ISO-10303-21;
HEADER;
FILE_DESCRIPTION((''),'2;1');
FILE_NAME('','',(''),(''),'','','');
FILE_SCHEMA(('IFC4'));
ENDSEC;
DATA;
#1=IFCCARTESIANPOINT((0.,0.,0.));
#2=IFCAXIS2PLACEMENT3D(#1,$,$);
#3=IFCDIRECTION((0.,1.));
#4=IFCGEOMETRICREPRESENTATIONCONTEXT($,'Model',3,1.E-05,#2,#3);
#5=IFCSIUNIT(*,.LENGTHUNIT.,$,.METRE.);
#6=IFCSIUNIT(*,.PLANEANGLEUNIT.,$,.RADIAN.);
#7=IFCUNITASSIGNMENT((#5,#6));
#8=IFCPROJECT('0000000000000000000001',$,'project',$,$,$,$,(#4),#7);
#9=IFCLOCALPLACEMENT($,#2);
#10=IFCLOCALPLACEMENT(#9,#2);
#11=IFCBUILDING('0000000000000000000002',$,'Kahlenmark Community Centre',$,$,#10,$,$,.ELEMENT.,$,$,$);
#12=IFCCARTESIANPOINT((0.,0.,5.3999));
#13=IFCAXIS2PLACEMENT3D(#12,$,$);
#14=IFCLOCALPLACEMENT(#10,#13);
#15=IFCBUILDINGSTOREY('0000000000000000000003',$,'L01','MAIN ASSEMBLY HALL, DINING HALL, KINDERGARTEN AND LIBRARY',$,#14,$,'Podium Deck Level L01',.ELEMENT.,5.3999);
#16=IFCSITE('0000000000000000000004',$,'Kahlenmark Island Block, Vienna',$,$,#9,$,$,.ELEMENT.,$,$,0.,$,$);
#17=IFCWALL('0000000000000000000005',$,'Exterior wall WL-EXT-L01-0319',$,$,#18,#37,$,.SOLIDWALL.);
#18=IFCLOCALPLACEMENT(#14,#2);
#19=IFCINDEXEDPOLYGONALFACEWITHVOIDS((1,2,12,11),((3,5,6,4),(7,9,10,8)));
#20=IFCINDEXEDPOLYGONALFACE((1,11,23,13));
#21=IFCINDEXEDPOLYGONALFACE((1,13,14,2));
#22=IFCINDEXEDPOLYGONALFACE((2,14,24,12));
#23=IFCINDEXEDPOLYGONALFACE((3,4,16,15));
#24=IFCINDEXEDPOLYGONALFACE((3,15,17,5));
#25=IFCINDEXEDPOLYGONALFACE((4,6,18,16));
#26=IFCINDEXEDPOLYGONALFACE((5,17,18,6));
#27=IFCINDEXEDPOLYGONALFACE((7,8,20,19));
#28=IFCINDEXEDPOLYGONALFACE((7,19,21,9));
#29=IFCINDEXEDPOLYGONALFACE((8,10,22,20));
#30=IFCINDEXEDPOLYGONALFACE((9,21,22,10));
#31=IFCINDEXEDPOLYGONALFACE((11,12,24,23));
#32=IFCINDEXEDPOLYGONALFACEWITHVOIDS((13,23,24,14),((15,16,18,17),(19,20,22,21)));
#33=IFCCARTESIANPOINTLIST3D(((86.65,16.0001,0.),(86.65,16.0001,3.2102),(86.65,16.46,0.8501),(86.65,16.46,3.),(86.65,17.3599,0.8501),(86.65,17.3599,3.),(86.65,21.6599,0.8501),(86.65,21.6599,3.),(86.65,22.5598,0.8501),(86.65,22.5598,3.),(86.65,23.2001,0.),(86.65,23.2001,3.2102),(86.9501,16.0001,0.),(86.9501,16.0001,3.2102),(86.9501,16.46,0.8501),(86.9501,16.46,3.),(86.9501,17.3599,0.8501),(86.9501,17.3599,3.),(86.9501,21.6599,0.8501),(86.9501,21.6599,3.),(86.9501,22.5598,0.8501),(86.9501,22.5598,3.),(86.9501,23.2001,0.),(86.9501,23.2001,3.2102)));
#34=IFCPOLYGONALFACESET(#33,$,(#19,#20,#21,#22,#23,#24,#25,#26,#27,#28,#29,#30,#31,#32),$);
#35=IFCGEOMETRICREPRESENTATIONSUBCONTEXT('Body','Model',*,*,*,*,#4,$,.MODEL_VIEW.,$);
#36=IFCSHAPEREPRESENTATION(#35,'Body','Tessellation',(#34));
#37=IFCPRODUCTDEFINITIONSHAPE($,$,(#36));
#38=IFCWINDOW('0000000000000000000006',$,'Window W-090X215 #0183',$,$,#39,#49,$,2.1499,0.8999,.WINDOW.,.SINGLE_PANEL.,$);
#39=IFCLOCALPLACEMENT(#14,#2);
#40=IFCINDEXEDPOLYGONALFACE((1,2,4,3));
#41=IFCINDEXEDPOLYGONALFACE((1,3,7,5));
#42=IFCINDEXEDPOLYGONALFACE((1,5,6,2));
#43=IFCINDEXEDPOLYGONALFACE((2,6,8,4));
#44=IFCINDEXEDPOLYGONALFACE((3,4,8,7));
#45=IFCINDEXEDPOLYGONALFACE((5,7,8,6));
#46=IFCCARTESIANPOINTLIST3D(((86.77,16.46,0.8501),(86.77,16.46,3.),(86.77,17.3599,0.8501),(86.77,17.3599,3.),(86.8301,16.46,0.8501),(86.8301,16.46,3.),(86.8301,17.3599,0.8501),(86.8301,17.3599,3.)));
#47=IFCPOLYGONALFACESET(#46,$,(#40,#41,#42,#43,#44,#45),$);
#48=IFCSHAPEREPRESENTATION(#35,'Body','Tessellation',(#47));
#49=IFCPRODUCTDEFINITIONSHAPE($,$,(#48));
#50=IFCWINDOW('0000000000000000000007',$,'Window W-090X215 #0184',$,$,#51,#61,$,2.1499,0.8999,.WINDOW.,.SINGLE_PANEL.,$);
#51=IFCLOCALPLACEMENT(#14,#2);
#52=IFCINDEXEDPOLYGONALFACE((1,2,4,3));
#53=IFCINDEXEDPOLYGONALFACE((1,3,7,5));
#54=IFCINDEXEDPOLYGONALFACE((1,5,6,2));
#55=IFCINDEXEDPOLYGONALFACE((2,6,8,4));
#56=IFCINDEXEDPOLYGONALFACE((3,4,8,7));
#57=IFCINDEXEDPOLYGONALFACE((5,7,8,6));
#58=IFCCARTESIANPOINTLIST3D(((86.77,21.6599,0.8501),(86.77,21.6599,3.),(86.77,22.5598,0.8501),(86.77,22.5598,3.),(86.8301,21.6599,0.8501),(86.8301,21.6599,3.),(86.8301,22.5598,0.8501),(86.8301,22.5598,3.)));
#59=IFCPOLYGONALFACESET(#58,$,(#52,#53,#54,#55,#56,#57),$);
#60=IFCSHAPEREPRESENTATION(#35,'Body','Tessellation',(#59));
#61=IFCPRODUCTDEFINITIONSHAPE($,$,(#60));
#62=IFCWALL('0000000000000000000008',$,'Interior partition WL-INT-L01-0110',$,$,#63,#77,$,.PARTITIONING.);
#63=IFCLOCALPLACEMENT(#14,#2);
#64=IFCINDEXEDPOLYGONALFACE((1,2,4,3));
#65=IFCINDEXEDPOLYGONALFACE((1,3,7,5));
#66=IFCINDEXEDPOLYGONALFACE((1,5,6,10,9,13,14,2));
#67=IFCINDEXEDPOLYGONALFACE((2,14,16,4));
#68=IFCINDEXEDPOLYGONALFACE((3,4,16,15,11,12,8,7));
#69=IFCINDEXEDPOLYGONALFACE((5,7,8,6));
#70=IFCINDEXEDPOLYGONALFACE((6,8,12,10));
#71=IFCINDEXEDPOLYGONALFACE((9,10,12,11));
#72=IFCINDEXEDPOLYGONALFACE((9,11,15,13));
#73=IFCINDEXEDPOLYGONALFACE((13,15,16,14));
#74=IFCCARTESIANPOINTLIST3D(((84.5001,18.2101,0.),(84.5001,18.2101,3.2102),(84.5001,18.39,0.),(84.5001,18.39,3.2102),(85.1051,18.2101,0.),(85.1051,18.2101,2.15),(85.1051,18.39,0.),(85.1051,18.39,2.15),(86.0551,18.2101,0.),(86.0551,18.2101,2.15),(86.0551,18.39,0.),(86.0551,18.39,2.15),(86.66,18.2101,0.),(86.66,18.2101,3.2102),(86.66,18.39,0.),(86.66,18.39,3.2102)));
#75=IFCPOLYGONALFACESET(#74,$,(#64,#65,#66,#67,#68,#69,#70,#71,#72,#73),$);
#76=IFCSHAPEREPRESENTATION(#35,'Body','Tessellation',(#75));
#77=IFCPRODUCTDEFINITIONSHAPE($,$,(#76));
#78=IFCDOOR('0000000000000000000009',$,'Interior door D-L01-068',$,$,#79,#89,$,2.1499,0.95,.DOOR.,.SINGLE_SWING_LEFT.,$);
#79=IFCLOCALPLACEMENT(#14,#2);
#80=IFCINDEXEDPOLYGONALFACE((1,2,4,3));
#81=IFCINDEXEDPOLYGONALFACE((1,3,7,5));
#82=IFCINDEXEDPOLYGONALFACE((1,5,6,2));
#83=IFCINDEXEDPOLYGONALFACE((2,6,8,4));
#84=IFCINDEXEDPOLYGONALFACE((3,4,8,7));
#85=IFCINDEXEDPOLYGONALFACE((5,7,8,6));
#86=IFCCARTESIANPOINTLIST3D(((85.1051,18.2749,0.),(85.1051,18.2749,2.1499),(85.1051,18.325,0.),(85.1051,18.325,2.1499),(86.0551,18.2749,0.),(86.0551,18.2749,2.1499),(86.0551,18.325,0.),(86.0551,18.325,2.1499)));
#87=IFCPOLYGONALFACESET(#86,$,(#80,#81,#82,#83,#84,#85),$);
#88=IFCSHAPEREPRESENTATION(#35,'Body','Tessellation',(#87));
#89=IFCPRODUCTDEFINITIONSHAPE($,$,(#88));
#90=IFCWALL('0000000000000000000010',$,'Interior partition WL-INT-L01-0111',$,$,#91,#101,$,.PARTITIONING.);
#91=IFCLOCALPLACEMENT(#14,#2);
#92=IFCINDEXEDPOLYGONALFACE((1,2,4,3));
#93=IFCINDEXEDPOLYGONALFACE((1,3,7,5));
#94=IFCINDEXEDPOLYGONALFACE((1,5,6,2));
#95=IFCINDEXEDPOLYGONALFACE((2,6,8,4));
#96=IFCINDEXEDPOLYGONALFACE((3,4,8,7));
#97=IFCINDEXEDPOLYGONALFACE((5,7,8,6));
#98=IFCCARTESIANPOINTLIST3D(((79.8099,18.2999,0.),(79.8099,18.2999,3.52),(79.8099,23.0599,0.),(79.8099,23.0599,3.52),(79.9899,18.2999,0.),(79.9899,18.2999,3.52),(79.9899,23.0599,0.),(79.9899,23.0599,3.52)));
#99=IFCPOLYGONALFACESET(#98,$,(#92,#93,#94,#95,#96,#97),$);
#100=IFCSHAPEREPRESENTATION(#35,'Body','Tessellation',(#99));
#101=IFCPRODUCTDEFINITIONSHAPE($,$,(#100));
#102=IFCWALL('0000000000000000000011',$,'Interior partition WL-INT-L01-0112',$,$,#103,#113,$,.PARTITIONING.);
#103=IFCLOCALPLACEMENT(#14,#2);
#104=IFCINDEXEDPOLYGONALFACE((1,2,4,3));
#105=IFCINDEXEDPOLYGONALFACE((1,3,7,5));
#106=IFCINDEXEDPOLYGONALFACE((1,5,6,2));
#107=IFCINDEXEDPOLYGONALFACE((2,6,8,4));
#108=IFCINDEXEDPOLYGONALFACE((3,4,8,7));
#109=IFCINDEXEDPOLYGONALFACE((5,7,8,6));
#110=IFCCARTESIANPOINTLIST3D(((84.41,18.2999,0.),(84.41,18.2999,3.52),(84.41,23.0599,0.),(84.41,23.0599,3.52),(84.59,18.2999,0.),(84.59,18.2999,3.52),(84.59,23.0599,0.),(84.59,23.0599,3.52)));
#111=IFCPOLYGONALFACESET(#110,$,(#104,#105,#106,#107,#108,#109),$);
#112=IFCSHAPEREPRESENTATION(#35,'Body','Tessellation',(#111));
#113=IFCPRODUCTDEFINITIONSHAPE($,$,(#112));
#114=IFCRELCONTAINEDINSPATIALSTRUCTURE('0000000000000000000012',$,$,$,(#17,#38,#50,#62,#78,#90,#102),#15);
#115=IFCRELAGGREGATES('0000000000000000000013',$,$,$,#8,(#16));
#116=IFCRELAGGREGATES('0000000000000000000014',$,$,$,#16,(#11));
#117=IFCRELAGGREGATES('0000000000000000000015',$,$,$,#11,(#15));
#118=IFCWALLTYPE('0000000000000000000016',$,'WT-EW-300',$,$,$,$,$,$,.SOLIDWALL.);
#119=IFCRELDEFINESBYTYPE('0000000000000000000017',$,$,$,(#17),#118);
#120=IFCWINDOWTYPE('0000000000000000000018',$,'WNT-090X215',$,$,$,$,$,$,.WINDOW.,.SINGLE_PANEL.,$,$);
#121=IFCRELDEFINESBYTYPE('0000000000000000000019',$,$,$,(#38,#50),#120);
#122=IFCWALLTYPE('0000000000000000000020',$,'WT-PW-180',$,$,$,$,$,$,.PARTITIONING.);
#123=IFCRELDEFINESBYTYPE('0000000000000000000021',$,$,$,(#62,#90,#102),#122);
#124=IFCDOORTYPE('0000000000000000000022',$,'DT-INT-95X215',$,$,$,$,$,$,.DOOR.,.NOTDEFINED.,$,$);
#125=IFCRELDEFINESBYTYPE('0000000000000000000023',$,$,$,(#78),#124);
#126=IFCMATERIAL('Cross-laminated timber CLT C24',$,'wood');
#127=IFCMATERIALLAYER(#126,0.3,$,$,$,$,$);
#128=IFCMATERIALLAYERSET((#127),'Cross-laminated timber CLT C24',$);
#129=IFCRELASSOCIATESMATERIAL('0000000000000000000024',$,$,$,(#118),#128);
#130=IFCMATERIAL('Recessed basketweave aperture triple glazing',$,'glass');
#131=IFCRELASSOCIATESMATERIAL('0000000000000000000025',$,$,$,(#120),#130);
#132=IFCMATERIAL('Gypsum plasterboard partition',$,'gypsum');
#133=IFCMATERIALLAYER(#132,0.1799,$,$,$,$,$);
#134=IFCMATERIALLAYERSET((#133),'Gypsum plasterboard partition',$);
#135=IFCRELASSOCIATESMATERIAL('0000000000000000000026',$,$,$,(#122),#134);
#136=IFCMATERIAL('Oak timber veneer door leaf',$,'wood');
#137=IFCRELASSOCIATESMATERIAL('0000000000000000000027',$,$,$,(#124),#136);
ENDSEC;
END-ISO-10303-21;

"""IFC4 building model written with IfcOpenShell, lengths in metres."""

from ifc_helpers import new_model, si_unit, direction, frame, frame_2d, origin, place, context, subcontext, project, spatial, rectangle, extrude, material, layer, layer_set, type_object, element, fill, save


model = new_model("IFC4")

# Units and contexts
model_context = context("Model", 3, precision=1e-05, world=origin(), true_north=direction((0.0, 1.0)))
body_context = subcontext(model_context, "Body", "Model", "MODEL_VIEW")
ifc_project = project(units=[si_unit("LENGTHUNIT", "METRE"), si_unit("PLANEANGLEUNIT", "RADIAN")], contexts=[model_context])

# Site, building, storey
site_placement = place(None, origin())
site = spatial("IfcSite", under=ifc_project, at=site_placement, Name="Kahlenmark Island Block, Vienna", CompositionType="ELEMENT", RefElevation=0.0)
building_placement = place(site_placement, origin())
building = spatial("IfcBuilding", under=site, at=building_placement, Name="Kahlenmark Community Centre", CompositionType="ELEMENT")
storey_placement = place(building_placement, frame((0.0, 0.0, 5.3999)))
storey = spatial("IfcBuildingStorey", under=building, at=storey_placement, Name="L01", Description="MAIN ASSEMBLY HALL, DINING HALL, KINDERGARTEN AND LIBRARY", LongName="Podium Deck Level L01", CompositionType="ELEMENT", Elevation=5.3999)

# Wall, openings, windows
ifc_material_1 = material(Name="Cross-laminated timber CLT C24", Category="wood")
ifc_layer_1 = layer(ifc_material_1, 0.3)
ifc_layer_set_1 = layer_set([ifc_layer_1], Name="Cross-laminated timber CLT C24")
wall_type_1 = type_object("IfcWallType", Name="WT-EW-300", PredefinedType="SOLIDWALL", material=ifc_layer_set_1)
wall_1_placement = place(storey_placement, frame((86.8, 16.0, 0.0), z_axis=(0.0, 0.0, 1.0), x_axis=(0.0, 1.0, 0.0)))
wall_1 = element("IfcWall", 1, at=wall_1_placement, inside=storey, type_object=wall_type_1, Name="Exterior wall WL-EXT-L01-0319", PredefinedType="SOLIDWALL", context=body_context, shape_type="SweptSolid", body=[
    extrude(rectangle(XDim=7.2, YDim=0.3, at=frame_2d((3.6001, 0.0))), origin(), (0.0, 0.0, 1.0), 3.2102),
])
opening_1_placement = place(wall_1_placement, frame((0.46, 0.0, 0.8501)))
opening_1 = element("IfcOpeningElement", 2, at=opening_1_placement, cuts=wall_1, PredefinedType="OPENING", context=body_context, shape_type="SweptSolid", body=[
    extrude(rectangle(XDim=0.8999, YDim=2.1499, at=frame_2d((0.45, 1.075))), frame((0.0, 0.1599, 0.0), z_axis=(0.0, -1.0, 0.0), x_axis=(1.0, 0.0, 0.0)), (0.0, 0.0, 1.0), 0.3201),
])
opening_2_placement = place(wall_1_placement, frame((5.6599, 0.0, 0.8501)))
opening_2 = element("IfcOpeningElement", 3, at=opening_2_placement, cuts=wall_1, PredefinedType="OPENING", context=body_context, shape_type="SweptSolid", body=[
    extrude(rectangle(XDim=0.8999, YDim=2.1499, at=frame_2d((0.45, 1.075))), frame((0.0, 0.1599, 0.0), z_axis=(0.0, -1.0, 0.0), x_axis=(1.0, 0.0, 0.0)), (0.0, 0.0, 1.0), 0.3201),
])
ifc_material_2 = material(Name="Recessed basketweave aperture triple glazing", Category="glass")
window_type = type_object("IfcWindowType", Name="WNT-090X215", PartitioningType="SINGLE_PANEL", PredefinedType="WINDOW", material=ifc_material_2)
window_1_placement = place(opening_1_placement, origin())
window_1 = element("IfcWindow", 4, at=window_1_placement, inside=storey, type_object=window_type, Name="Window W-090X215 #0183", OverallHeight=2.1499, OverallWidth=0.8999, PartitioningType="SINGLE_PANEL", PredefinedType="WINDOW", context=body_context, shape_type="SweptSolid", body=[
    extrude(rectangle(XDim=0.8999, YDim=2.1499, at=frame_2d((0.45, 1.075))), frame((0.0, 0.03, 0.0), z_axis=(0.0, -1.0, 0.0), x_axis=(1.0, 0.0, 0.0)), (0.0, 0.0, 1.0), 0.0601),
])
fill(opening_1, window_1)
window_2_placement = place(opening_2_placement, origin())
window_2 = element("IfcWindow", 5, at=window_2_placement, inside=storey, type_object=window_type, Name="Window W-090X215 #0184", OverallHeight=2.1499, OverallWidth=0.8999, PartitioningType="SINGLE_PANEL", PredefinedType="WINDOW", context=body_context, shape_type="SweptSolid", body=[
    extrude(rectangle(XDim=0.8999, YDim=2.1499, at=frame_2d((0.45, 1.075))), frame((0.0, 0.03, 0.0), z_axis=(0.0, -1.0, 0.0), x_axis=(1.0, 0.0, 0.0)), (0.0, 0.0, 1.0), 0.0601),
])
fill(opening_2, window_2)

# Wall, opening, door
ifc_material_3 = material(Name="Gypsum plasterboard partition", Category="gypsum")
ifc_layer_2 = layer(ifc_material_3, 0.1799)
ifc_layer_set_2 = layer_set([ifc_layer_2], Name="Gypsum plasterboard partition")
wall_type_2 = type_object("IfcWallType", Name="WT-PW-180", PredefinedType="PARTITIONING", material=ifc_layer_set_2)
ifc_material_4 = material(Name="Oak timber veneer door leaf", Category="wood")
wall_2_placement = place(storey_placement, frame((84.5, 18.3, 0.0), z_axis=(0.0, 0.0, 1.0), x_axis=(1.0, 0.0, 0.0)))
wall_2 = element("IfcWall", 6, at=wall_2_placement, inside=storey, type_object=wall_type_2, Name="Interior partition WL-INT-L01-0110", PredefinedType="PARTITIONING", context=body_context, shape_type="SweptSolid", body=[
    extrude(rectangle(XDim=2.1599, YDim=0.1799, at=frame_2d((1.0801, 0.0))), origin(), (0.0, 0.0, 1.0), 3.2102),
])
opening_3_placement = place(wall_2_placement, frame((0.605, 0.0, -0.01)))
opening_3 = element("IfcOpeningElement", 7, at=opening_3_placement, cuts=wall_2, PredefinedType="OPENING", context=body_context, shape_type="SweptSolid", body=[
    extrude(rectangle(XDim=0.95, YDim=2.1599, at=frame_2d((0.4751, 1.0801))), frame((0.0, 0.0999, 0.0), z_axis=(0.0, -1.0, 0.0), x_axis=(1.0, 0.0, 0.0)), (0.0, 0.0, 1.0), 0.2),
])
door_type_1 = type_object("IfcDoorType", Name="DT-INT-95X215", OperationType="NOTDEFINED", PredefinedType="DOOR", material=ifc_material_4)
door_1_placement = place(opening_3_placement, frame((0.0, 0.0, 0.01)))
door_1 = element("IfcDoor", 8, at=door_1_placement, inside=storey, type_object=door_type_1, Name="Interior door D-L01-068", OperationType="SINGLE_SWING_LEFT", OverallHeight=2.1499, OverallWidth=0.95, PredefinedType="DOOR", context=body_context, shape_type="SweptSolid", body=[
    extrude(rectangle(XDim=0.95, YDim=2.1499, at=frame_2d((0.4751, 1.075))), frame((0.0, 0.0249, 0.0), z_axis=(0.0, -1.0, 0.0), x_axis=(1.0, 0.0, 0.0)), (0.0, 0.0, 1.0), 0.05),
])
fill(opening_3, door_1)

# Walls
for number, where, z_axis, x_axis, name in (
    (9, (79.8999, 18.3, 0.0), (0.0, 0.0, 1.0), (0.0, 1.0, 0.0), "Interior partition WL-INT-L01-0111"),
    (10, (84.5, 18.3, 0.0), (0.0, 0.0, 1.0), (0.0, 1.0, 0.0), "Interior partition WL-INT-L01-0112"),
):
    element("IfcWall", number, at=place(storey_placement, frame(where, z_axis=z_axis, x_axis=x_axis)), inside=storey, type_object=wall_type_2, Name=name, PredefinedType="PARTITIONING", context=body_context, shape_type="SweptSolid", body=[
        extrude(rectangle(XDim=4.76, YDim=0.1799, at=frame_2d((2.3799, 0.0))), origin(), (0.0, 0.0, 1.0), 3.52),
    ])

save(model, "model.ifc")
